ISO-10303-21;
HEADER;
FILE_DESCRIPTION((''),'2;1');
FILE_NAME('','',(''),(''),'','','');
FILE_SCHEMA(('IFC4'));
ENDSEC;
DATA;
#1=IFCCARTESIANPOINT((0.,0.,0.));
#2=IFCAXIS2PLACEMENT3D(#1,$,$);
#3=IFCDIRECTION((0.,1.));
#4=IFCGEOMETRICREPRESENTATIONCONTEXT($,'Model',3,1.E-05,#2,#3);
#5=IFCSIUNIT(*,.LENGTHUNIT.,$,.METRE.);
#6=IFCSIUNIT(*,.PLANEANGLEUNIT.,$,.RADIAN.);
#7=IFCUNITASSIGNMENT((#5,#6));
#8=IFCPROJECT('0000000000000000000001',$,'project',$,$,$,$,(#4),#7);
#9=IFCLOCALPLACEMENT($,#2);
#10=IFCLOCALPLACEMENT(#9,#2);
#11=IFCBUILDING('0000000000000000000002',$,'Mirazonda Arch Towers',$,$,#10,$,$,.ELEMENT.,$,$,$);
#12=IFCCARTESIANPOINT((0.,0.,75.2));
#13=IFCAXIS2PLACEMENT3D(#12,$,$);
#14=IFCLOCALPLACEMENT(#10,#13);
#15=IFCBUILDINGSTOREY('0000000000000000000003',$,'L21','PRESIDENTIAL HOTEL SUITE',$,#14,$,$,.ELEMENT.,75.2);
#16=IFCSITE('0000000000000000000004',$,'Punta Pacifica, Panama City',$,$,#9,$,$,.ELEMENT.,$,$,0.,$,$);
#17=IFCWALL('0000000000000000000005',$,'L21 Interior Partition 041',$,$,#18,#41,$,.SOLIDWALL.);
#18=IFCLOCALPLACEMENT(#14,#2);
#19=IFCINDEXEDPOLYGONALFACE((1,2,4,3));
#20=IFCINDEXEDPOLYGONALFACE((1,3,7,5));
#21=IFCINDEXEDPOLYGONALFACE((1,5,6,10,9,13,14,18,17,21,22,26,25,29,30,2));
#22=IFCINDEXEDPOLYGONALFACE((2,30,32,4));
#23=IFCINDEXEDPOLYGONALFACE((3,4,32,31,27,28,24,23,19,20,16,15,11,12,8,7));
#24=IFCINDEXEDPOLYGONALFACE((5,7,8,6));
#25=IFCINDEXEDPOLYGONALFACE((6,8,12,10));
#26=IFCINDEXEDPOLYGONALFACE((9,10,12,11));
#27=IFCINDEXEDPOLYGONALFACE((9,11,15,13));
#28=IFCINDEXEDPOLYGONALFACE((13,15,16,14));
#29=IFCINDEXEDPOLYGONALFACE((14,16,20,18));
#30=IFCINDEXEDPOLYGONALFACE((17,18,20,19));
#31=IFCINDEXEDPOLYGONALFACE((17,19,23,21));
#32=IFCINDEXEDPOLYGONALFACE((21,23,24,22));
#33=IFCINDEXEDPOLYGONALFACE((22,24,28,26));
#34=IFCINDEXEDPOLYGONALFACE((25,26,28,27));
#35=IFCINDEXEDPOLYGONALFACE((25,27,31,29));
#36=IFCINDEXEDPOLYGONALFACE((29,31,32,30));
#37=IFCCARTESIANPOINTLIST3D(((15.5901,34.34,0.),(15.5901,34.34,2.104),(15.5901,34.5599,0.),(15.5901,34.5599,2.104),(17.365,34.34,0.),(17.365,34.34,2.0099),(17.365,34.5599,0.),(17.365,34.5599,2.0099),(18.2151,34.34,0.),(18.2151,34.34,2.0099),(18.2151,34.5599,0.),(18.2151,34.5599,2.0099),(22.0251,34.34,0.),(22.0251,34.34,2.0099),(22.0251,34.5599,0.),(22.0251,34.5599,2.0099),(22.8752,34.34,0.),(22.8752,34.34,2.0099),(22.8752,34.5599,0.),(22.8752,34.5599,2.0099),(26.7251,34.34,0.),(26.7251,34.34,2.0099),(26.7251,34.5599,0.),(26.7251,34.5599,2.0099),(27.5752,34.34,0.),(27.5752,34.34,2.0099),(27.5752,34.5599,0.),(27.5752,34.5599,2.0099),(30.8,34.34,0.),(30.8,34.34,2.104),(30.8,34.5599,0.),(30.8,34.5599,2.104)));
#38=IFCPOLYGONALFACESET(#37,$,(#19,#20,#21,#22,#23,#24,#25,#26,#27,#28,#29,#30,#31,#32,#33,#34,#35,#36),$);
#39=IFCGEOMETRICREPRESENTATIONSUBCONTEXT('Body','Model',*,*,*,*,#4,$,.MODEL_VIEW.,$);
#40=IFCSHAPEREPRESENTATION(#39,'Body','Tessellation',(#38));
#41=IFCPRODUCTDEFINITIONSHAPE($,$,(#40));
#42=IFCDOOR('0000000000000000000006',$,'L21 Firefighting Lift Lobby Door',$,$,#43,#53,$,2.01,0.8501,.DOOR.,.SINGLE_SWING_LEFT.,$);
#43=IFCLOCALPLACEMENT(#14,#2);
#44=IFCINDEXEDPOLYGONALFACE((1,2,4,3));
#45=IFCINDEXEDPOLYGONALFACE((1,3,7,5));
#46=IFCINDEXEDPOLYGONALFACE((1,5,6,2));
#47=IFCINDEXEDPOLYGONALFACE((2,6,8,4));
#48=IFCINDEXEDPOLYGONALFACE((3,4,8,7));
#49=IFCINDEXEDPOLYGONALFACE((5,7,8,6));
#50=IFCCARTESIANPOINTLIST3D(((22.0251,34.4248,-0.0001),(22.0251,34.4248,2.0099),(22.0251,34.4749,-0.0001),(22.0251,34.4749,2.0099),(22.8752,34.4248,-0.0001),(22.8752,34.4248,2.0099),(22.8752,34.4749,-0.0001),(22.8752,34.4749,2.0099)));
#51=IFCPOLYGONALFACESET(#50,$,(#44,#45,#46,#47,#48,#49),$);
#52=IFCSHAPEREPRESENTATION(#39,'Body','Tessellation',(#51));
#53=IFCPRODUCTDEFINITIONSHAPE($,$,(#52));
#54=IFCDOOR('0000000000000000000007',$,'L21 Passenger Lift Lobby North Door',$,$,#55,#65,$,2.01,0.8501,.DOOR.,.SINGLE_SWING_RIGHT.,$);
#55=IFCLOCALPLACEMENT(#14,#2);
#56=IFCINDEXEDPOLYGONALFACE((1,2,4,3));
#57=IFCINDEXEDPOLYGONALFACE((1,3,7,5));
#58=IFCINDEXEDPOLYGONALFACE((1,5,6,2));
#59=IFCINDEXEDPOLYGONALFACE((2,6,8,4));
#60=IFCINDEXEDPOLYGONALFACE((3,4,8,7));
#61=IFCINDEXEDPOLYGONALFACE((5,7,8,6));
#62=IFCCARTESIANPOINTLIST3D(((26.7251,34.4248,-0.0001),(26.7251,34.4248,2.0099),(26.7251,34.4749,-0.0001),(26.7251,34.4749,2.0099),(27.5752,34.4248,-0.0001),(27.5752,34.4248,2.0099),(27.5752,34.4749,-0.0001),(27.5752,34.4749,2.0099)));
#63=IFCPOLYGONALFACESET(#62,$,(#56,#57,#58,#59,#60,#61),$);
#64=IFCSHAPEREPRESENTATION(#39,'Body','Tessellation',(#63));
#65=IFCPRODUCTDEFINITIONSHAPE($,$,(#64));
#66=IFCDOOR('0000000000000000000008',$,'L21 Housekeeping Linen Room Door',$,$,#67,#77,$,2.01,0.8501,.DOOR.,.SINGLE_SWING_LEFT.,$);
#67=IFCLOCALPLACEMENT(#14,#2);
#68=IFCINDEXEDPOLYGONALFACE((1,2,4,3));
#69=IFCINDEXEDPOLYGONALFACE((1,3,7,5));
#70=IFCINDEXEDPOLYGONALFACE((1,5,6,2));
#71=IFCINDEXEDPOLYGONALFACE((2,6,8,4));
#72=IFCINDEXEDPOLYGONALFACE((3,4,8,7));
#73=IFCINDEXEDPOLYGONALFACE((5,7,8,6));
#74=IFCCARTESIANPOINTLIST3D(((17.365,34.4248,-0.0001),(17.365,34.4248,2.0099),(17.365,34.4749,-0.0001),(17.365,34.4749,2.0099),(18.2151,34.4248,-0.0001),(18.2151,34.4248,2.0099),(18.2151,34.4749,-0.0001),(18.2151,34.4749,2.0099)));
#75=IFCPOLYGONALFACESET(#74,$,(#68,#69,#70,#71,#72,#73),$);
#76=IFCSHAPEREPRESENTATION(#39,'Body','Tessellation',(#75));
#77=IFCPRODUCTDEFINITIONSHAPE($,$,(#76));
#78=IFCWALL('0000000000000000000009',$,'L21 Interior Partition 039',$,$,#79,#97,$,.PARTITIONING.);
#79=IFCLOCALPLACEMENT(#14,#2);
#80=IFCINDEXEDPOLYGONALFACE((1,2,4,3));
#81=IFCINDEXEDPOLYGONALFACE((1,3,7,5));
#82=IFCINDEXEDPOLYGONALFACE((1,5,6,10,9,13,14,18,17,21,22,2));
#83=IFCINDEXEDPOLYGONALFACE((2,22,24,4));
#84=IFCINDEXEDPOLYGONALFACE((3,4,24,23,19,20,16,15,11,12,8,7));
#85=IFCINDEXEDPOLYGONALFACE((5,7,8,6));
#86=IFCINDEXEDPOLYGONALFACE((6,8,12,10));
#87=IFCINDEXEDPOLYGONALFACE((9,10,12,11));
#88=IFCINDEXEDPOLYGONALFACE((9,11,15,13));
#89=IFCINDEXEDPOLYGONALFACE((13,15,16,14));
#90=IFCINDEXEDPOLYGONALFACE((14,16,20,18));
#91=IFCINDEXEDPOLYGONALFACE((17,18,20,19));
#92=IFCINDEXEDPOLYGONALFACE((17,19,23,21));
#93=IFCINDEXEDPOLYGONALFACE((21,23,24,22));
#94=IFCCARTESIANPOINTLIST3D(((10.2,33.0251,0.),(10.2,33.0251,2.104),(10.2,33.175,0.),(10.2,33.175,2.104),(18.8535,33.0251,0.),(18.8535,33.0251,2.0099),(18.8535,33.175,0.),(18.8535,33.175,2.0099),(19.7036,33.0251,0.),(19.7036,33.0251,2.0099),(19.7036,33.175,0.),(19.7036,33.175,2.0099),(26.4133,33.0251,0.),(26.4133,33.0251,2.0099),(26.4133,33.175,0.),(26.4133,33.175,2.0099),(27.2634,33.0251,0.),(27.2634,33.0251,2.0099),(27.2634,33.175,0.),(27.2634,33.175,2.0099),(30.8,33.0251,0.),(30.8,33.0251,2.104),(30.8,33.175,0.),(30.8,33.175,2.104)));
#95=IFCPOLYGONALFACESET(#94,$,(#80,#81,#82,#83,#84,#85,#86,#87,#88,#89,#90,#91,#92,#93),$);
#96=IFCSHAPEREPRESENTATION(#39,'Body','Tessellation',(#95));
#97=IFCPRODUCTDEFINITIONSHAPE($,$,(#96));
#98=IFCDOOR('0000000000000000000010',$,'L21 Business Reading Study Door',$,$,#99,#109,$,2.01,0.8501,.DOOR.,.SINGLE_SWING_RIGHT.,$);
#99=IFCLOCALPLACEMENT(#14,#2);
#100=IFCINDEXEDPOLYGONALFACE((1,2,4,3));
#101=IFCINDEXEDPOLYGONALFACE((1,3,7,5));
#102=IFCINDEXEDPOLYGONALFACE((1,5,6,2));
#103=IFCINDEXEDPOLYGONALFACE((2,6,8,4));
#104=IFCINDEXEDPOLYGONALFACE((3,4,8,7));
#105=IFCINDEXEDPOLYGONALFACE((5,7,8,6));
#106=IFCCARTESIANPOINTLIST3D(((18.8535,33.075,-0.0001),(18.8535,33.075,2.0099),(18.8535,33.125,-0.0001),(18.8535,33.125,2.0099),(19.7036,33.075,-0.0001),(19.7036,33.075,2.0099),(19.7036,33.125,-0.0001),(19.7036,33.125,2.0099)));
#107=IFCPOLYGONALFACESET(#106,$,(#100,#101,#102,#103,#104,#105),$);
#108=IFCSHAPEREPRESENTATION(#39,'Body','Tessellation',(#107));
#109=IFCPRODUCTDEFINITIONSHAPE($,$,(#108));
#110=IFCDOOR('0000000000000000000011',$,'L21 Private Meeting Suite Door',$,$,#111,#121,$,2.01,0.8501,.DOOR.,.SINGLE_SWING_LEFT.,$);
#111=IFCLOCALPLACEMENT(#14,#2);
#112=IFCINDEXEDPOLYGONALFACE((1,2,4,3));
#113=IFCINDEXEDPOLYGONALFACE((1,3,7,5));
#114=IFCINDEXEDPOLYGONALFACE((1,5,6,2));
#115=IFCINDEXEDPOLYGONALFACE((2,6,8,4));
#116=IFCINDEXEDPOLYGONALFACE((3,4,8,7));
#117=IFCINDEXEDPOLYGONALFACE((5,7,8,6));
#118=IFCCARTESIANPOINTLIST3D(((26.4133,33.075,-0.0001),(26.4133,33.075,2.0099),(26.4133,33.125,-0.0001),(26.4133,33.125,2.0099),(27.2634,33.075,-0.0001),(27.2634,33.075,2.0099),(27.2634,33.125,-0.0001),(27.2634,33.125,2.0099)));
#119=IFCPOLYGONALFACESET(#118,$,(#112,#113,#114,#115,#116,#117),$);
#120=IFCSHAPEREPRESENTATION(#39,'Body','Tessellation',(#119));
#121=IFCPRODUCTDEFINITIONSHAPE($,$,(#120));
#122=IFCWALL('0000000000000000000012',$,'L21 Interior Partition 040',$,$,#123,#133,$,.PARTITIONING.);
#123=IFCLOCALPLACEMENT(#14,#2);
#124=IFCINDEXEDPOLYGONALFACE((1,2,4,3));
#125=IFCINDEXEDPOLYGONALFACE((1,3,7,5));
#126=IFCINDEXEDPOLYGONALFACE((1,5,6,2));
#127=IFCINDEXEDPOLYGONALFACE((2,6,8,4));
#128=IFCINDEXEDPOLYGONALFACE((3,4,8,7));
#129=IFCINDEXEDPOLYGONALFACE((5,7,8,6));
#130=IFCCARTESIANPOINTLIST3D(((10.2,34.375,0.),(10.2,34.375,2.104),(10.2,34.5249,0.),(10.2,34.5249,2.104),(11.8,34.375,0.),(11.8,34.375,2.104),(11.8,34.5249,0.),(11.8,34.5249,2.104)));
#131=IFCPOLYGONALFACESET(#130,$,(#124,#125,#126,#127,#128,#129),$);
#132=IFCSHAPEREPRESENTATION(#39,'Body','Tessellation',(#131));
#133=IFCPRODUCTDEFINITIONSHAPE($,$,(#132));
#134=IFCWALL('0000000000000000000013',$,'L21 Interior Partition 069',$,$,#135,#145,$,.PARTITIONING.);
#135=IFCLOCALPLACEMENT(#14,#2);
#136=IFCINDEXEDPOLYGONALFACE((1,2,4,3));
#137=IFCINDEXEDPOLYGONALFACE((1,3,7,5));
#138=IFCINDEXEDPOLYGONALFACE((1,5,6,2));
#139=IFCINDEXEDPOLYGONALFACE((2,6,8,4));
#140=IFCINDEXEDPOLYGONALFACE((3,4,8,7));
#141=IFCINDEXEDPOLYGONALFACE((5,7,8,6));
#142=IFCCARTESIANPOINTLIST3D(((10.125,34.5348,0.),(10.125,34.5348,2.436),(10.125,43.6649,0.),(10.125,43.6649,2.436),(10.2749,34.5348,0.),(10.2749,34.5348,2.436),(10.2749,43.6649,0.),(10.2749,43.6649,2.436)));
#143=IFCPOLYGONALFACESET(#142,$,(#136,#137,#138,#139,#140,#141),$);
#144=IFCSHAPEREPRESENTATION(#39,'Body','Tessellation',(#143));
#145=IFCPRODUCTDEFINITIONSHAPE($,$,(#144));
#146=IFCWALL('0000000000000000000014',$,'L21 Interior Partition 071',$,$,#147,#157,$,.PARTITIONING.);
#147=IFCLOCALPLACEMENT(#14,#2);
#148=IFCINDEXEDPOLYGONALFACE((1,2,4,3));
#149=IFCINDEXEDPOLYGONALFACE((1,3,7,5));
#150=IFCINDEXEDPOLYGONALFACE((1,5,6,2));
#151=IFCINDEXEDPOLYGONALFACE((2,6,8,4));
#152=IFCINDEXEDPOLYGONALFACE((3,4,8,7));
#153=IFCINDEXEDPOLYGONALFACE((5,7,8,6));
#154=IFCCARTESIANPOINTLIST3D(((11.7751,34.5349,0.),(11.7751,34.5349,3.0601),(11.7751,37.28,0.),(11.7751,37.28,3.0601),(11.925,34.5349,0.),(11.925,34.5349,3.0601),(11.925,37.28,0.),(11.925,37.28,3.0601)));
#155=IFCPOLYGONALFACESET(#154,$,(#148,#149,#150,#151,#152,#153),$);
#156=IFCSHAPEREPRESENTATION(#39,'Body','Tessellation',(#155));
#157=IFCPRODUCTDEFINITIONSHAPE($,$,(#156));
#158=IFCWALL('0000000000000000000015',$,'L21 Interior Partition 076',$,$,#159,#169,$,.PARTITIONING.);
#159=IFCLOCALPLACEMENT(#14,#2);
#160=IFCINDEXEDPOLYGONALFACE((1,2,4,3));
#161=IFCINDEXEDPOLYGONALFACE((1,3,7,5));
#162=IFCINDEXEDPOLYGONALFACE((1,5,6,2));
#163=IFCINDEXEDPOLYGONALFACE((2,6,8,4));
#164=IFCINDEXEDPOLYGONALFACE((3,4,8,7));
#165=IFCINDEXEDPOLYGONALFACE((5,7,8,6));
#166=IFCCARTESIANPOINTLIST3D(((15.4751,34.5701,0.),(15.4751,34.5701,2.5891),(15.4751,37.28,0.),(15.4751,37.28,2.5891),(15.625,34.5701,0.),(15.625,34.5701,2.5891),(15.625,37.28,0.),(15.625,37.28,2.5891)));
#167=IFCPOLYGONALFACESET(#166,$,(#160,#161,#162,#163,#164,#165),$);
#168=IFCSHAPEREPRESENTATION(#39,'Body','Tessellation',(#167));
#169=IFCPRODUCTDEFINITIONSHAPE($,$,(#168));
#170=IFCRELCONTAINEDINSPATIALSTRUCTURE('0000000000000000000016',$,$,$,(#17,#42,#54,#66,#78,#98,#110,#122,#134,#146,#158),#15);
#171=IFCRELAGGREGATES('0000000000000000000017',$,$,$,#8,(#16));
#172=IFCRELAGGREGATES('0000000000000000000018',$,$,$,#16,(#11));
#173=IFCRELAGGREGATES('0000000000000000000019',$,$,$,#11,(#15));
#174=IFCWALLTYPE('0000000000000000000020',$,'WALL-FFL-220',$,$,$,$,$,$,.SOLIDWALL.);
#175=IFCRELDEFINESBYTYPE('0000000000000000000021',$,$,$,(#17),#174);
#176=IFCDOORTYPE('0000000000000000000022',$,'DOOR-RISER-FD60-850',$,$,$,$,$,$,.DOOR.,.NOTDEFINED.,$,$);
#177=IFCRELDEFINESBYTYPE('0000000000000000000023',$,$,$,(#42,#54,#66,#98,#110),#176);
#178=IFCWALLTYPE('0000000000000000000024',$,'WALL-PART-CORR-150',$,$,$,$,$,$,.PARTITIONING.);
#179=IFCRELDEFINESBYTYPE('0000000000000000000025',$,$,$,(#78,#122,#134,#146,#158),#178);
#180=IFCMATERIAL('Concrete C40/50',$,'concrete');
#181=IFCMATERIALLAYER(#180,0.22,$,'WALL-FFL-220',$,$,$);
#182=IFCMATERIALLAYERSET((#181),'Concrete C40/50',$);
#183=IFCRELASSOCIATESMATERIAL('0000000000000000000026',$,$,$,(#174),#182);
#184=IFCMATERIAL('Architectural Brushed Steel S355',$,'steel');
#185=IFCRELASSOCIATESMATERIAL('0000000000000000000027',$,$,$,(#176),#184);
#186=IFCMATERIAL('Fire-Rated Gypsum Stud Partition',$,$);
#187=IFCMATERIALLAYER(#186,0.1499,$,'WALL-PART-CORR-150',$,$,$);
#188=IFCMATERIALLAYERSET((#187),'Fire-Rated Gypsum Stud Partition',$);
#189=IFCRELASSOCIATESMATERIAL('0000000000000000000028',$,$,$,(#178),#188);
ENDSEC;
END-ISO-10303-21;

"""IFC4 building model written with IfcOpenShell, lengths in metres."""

from ifc_helpers import new_model, si_unit, direction, frame, frame_2d, origin, place, context, subcontext, project, spatial, rectangle, extrude, material, layer, layer_set, type_object, element, fill, save


model = new_model("IFC4")

# Units and contexts
model_context = context("Model", 3, precision=1e-05, world=origin(), true_north=direction((0.0, 1.0)))
body_context = subcontext(model_context, "Body", "Model", "MODEL_VIEW")
ifc_project = project(units=[si_unit("LENGTHUNIT", "METRE"), si_unit("PLANEANGLEUNIT", "RADIAN")], contexts=[model_context])

# Site, building, storey
site_placement = place(None, origin())
site = spatial("IfcSite", under=ifc_project, at=site_placement, Name="Punta Pacifica, Panama City", CompositionType="ELEMENT", RefElevation=0.0)
building_placement = place(site_placement, origin())
building = spatial("IfcBuilding", under=site, at=building_placement, Name="Mirazonda Arch Towers", CompositionType="ELEMENT")
storey_placement = place(building_placement, frame((0.0, 0.0, 75.2)))
storey = spatial("IfcBuildingStorey", under=building, at=storey_placement, Name="L21", Description="PRESIDENTIAL HOTEL SUITE", CompositionType="ELEMENT", Elevation=75.2)

# Walls, openings, doors
ifc_material_1 = material(Name="Architectural Brushed Steel S355", Category="steel")
ifc_material_2 = material(Name="Concrete C40/50", Category="concrete")
ifc_layer_1 = layer(ifc_material_2, 0.22, Name="WALL-FFL-220")
ifc_layer_set_1 = layer_set([ifc_layer_1], Name="Concrete C40/50")
wall_type_1 = type_object("IfcWallType", Name="WALL-FFL-220", PredefinedType="SOLIDWALL", material=ifc_layer_set_1)
wall_1_placement = place(storey_placement, frame((15.5901, 34.45, 0.0), z_axis=(0.0, 0.0, 1.0), x_axis=(1.0, 0.0, 0.0)))
wall_1 = element("IfcWall", 1, at=wall_1_placement, inside=storey, type_object=wall_type_1, Name="L21 Interior Partition 041", PredefinedType="SOLIDWALL", context=body_context, shape_type="SweptSolid", body=[
    extrude(rectangle(XDim=15.21, YDim=0.22, at=frame_2d((7.605, 0.0))), origin(), (0.0, 0.0, 1.0), 2.104),
])
opening_1_placement = place(wall_1_placement, frame((6.4351, 0.0, 0.0)))
opening_1 = element("IfcOpeningElement", 2, at=opening_1_placement, cuts=wall_1, PredefinedType="OPENING", context=body_context, shape_type="SweptSolid", body=[
    extrude(rectangle(XDim=0.8501, YDim=2.01, at=frame_2d((0.425, 1.0049))), frame((0.0, 0.1199, 0.0), z_axis=(0.0, -1.0, 0.0), x_axis=(1.0, 0.0, 0.0)), (0.0, 0.0, 1.0), 0.24),
])
opening_2_placement = place(wall_1_placement, frame((11.135, 0.0, 0.0)))
opening_2 = element("IfcOpeningElement", 3, at=opening_2_placement, cuts=wall_1, PredefinedType="OPENING", context=body_context, shape_type="SweptSolid", body=[
    extrude(rectangle(XDim=0.8501, YDim=2.01, at=frame_2d((0.425, 1.0049))), frame((0.0, 0.1199, 0.0), z_axis=(0.0, -1.0, 0.0), x_axis=(1.0, 0.0, 0.0)), (0.0, 0.0, 1.0), 0.24),
])
opening_3_placement = place(wall_1_placement, frame((1.7749, 0.0, 0.0)))
opening_3 = element("IfcOpeningElement", 4, at=opening_3_placement, cuts=wall_1, PredefinedType="OPENING", context=body_context, shape_type="SweptSolid", body=[
    extrude(rectangle(XDim=0.8501, YDim=2.01, at=frame_2d((0.425, 1.0049))), frame((0.0, 0.1199, 0.0), z_axis=(0.0, -1.0, 0.0), x_axis=(1.0, 0.0, 0.0)), (0.0, 0.0, 1.0), 0.24),
])
door_type_1 = type_object("IfcDoorType", Name="DOOR-RISER-FD60-850", OperationType="NOTDEFINED", PredefinedType="DOOR", material=ifc_material_1)
door_1_placement = place(opening_1_placement, origin())
door_1 = element("IfcDoor", 5, at=door_1_placement, inside=storey, type_object=door_type_1, Name="L21 Firefighting Lift Lobby Door", OperationType="SINGLE_SWING_LEFT", OverallHeight=2.01, OverallWidth=0.8501, PredefinedType="DOOR", context=body_context, shape_type="SweptSolid", body=[
    extrude(rectangle(XDim=0.8501, YDim=2.01, at=frame_2d((0.425, 1.0049))), frame((0.0, 0.0249, 0.0), z_axis=(0.0, -1.0, 0.0), x_axis=(1.0, 0.0, 0.0)), (0.0, 0.0, 1.0), 0.05),
])
fill(opening_1, door_1)
door_2_placement = place(opening_2_placement, origin())
door_2 = element("IfcDoor", 6, at=door_2_placement, inside=storey, type_object=door_type_1, Name="L21 Passenger Lift Lobby North Door", OperationType="SINGLE_SWING_RIGHT", OverallHeight=2.01, OverallWidth=0.8501, PredefinedType="DOOR", context=body_context, shape_type="SweptSolid", body=[
    extrude(rectangle(XDim=0.8501, YDim=2.01, at=frame_2d((0.425, 1.0049))), frame((0.0, 0.0249, 0.0), z_axis=(0.0, -1.0, 0.0), x_axis=(1.0, 0.0, 0.0)), (0.0, 0.0, 1.0), 0.05),
])
fill(opening_2, door_2)
door_3_placement = place(opening_3_placement, origin())
door_3 = element("IfcDoor", 7, at=door_3_placement, inside=storey, type_object=door_type_1, Name="L21 Housekeeping Linen Room Door", OperationType="SINGLE_SWING_LEFT", OverallHeight=2.01, OverallWidth=0.8501, PredefinedType="DOOR", context=body_context, shape_type="SweptSolid", body=[
    extrude(rectangle(XDim=0.8501, YDim=2.01, at=frame_2d((0.425, 1.0049))), frame((0.0, 0.0249, 0.0), z_axis=(0.0, -1.0, 0.0), x_axis=(1.0, 0.0, 0.0)), (0.0, 0.0, 1.0), 0.05),
])
fill(opening_3, door_3)
ifc_material_3 = material(Name="Fire-Rated Gypsum Stud Partition")
ifc_layer_2 = layer(ifc_material_3, 0.1499, Name="WALL-PART-CORR-150")
ifc_layer_set_2 = layer_set([ifc_layer_2], Name="Fire-Rated Gypsum Stud Partition")
wall_type_2 = type_object("IfcWallType", Name="WALL-PART-CORR-150", PredefinedType="PARTITIONING", material=ifc_layer_set_2)
wall_2_placement = place(storey_placement, frame((10.2, 33.1001, 0.0), z_axis=(0.0, 0.0, 1.0), x_axis=(1.0, 0.0, 0.0)))
wall_2 = element("IfcWall", 8, at=wall_2_placement, inside=storey, type_object=wall_type_2, Name="L21 Interior Partition 039", PredefinedType="PARTITIONING", context=body_context, shape_type="SweptSolid", body=[
    extrude(rectangle(XDim=20.6001, YDim=0.1499, at=frame_2d((10.3, 0.0))), origin(), (0.0, 0.0, 1.0), 2.104),
])
opening_4_placement = place(wall_2_placement, frame((8.6536, 0.0, 0.0)))
opening_4 = element("IfcOpeningElement", 9, at=opening_4_placement, cuts=wall_2, PredefinedType="OPENING", context=body_context, shape_type="SweptSolid", body=[
    extrude(rectangle(XDim=0.8501, YDim=2.01, at=frame_2d((0.425, 1.0049))), frame((0.0, 0.085, 0.0), z_axis=(0.0, -1.0, 0.0), x_axis=(1.0, 0.0, 0.0)), (0.0, 0.0, 1.0), 0.1699),
])
opening_5_placement = place(wall_2_placement, frame((16.2134, 0.0, 0.0)))
opening_5 = element("IfcOpeningElement", 10, at=opening_5_placement, cuts=wall_2, PredefinedType="OPENING", context=body_context, shape_type="SweptSolid", body=[
    extrude(rectangle(XDim=0.8501, YDim=2.01, at=frame_2d((0.425, 1.0049))), frame((0.0, 0.085, 0.0), z_axis=(0.0, -1.0, 0.0), x_axis=(1.0, 0.0, 0.0)), (0.0, 0.0, 1.0), 0.1699),
])
door_4_placement = place(opening_4_placement, origin())
door_4 = element("IfcDoor", 11, at=door_4_placement, inside=storey, type_object=door_type_1, Name="L21 Business Reading Study Door", OperationType="SINGLE_SWING_RIGHT", OverallHeight=2.01, OverallWidth=0.8501, PredefinedType="DOOR", context=body_context, shape_type="SweptSolid", body=[
    extrude(rectangle(XDim=0.8501, YDim=2.01, at=frame_2d((0.425, 1.0049))), frame((0.0, 0.0249, 0.0), z_axis=(0.0, -1.0, 0.0), x_axis=(1.0, 0.0, 0.0)), (0.0, 0.0, 1.0), 0.05),
])
fill(opening_4, door_4)
door_5_placement = place(opening_5_placement, origin())
door_5 = element("IfcDoor", 12, at=door_5_placement, inside=storey, type_object=door_type_1, Name="L21 Private Meeting Suite Door", OperationType="SINGLE_SWING_LEFT", OverallHeight=2.01, OverallWidth=0.8501, PredefinedType="DOOR", context=body_context, shape_type="SweptSolid", body=[
    extrude(rectangle(XDim=0.8501, YDim=2.01, at=frame_2d((0.425, 1.0049))), frame((0.0, 0.0249, 0.0), z_axis=(0.0, -1.0, 0.0), x_axis=(1.0, 0.0, 0.0)), (0.0, 0.0, 1.0), 0.05),
])
fill(opening_5, door_5)

# Walls
wall_3_placement = place(storey_placement, frame((10.2, 34.45, 0.0), z_axis=(0.0, 0.0, 1.0), x_axis=(1.0, 0.0, 0.0)))
element("IfcWall", 13, at=wall_3_placement, inside=storey, type_object=wall_type_2, Name="L21 Interior Partition 040", PredefinedType="PARTITIONING", context=body_context, shape_type="SweptSolid", body=[
    extrude(rectangle(XDim=1.6001, YDim=0.1499, at=frame_2d((0.8, 0.0))), origin(), (0.0, 0.0, 1.0), 2.104),
])
wall_4_placement = place(storey_placement, frame((10.2, 34.5349, 0.0), z_axis=(0.0, 0.0, 1.0), x_axis=(0.0, 1.0, 0.0)))
element("IfcWall", 14, at=wall_4_placement, inside=storey, type_object=wall_type_2, Name="L21 Interior Partition 069", PredefinedType="PARTITIONING", context=body_context, shape_type="SweptSolid", body=[
    extrude(rectangle(XDim=9.1301, YDim=0.1499, at=frame_2d((4.5649, 0.0))), origin(), (0.0, 0.0, 1.0), 2.436),
])
wall_5_placement = place(storey_placement, frame((11.8501, 34.5349, 0.0), z_axis=(0.0, 0.0, 1.0), x_axis=(0.0, 1.0, 0.0)))
element("IfcWall", 15, at=wall_5_placement, inside=storey, type_object=wall_type_2, Name="L21 Interior Partition 071", PredefinedType="PARTITIONING", context=body_context, shape_type="SweptSolid", body=[
    extrude(rectangle(XDim=2.7451, YDim=0.1499, at=frame_2d((1.3726, 0.0))), origin(), (0.0, 0.0, 1.0), 3.0601),
])
wall_6_placement = place(storey_placement, frame((15.55, 34.5701, 0.0), z_axis=(0.0, 0.0, 1.0), x_axis=(0.0, 1.0, 0.0)))
element("IfcWall", 16, at=wall_6_placement, inside=storey, type_object=wall_type_2, Name="L21 Interior Partition 076", PredefinedType="PARTITIONING", context=body_context, shape_type="SweptSolid", body=[
    extrude(rectangle(XDim=2.71, YDim=0.1499, at=frame_2d((1.355, 0.0))), origin(), (0.0, 0.0, 1.0), 2.5891),
])

save(model, "model.ifc")
